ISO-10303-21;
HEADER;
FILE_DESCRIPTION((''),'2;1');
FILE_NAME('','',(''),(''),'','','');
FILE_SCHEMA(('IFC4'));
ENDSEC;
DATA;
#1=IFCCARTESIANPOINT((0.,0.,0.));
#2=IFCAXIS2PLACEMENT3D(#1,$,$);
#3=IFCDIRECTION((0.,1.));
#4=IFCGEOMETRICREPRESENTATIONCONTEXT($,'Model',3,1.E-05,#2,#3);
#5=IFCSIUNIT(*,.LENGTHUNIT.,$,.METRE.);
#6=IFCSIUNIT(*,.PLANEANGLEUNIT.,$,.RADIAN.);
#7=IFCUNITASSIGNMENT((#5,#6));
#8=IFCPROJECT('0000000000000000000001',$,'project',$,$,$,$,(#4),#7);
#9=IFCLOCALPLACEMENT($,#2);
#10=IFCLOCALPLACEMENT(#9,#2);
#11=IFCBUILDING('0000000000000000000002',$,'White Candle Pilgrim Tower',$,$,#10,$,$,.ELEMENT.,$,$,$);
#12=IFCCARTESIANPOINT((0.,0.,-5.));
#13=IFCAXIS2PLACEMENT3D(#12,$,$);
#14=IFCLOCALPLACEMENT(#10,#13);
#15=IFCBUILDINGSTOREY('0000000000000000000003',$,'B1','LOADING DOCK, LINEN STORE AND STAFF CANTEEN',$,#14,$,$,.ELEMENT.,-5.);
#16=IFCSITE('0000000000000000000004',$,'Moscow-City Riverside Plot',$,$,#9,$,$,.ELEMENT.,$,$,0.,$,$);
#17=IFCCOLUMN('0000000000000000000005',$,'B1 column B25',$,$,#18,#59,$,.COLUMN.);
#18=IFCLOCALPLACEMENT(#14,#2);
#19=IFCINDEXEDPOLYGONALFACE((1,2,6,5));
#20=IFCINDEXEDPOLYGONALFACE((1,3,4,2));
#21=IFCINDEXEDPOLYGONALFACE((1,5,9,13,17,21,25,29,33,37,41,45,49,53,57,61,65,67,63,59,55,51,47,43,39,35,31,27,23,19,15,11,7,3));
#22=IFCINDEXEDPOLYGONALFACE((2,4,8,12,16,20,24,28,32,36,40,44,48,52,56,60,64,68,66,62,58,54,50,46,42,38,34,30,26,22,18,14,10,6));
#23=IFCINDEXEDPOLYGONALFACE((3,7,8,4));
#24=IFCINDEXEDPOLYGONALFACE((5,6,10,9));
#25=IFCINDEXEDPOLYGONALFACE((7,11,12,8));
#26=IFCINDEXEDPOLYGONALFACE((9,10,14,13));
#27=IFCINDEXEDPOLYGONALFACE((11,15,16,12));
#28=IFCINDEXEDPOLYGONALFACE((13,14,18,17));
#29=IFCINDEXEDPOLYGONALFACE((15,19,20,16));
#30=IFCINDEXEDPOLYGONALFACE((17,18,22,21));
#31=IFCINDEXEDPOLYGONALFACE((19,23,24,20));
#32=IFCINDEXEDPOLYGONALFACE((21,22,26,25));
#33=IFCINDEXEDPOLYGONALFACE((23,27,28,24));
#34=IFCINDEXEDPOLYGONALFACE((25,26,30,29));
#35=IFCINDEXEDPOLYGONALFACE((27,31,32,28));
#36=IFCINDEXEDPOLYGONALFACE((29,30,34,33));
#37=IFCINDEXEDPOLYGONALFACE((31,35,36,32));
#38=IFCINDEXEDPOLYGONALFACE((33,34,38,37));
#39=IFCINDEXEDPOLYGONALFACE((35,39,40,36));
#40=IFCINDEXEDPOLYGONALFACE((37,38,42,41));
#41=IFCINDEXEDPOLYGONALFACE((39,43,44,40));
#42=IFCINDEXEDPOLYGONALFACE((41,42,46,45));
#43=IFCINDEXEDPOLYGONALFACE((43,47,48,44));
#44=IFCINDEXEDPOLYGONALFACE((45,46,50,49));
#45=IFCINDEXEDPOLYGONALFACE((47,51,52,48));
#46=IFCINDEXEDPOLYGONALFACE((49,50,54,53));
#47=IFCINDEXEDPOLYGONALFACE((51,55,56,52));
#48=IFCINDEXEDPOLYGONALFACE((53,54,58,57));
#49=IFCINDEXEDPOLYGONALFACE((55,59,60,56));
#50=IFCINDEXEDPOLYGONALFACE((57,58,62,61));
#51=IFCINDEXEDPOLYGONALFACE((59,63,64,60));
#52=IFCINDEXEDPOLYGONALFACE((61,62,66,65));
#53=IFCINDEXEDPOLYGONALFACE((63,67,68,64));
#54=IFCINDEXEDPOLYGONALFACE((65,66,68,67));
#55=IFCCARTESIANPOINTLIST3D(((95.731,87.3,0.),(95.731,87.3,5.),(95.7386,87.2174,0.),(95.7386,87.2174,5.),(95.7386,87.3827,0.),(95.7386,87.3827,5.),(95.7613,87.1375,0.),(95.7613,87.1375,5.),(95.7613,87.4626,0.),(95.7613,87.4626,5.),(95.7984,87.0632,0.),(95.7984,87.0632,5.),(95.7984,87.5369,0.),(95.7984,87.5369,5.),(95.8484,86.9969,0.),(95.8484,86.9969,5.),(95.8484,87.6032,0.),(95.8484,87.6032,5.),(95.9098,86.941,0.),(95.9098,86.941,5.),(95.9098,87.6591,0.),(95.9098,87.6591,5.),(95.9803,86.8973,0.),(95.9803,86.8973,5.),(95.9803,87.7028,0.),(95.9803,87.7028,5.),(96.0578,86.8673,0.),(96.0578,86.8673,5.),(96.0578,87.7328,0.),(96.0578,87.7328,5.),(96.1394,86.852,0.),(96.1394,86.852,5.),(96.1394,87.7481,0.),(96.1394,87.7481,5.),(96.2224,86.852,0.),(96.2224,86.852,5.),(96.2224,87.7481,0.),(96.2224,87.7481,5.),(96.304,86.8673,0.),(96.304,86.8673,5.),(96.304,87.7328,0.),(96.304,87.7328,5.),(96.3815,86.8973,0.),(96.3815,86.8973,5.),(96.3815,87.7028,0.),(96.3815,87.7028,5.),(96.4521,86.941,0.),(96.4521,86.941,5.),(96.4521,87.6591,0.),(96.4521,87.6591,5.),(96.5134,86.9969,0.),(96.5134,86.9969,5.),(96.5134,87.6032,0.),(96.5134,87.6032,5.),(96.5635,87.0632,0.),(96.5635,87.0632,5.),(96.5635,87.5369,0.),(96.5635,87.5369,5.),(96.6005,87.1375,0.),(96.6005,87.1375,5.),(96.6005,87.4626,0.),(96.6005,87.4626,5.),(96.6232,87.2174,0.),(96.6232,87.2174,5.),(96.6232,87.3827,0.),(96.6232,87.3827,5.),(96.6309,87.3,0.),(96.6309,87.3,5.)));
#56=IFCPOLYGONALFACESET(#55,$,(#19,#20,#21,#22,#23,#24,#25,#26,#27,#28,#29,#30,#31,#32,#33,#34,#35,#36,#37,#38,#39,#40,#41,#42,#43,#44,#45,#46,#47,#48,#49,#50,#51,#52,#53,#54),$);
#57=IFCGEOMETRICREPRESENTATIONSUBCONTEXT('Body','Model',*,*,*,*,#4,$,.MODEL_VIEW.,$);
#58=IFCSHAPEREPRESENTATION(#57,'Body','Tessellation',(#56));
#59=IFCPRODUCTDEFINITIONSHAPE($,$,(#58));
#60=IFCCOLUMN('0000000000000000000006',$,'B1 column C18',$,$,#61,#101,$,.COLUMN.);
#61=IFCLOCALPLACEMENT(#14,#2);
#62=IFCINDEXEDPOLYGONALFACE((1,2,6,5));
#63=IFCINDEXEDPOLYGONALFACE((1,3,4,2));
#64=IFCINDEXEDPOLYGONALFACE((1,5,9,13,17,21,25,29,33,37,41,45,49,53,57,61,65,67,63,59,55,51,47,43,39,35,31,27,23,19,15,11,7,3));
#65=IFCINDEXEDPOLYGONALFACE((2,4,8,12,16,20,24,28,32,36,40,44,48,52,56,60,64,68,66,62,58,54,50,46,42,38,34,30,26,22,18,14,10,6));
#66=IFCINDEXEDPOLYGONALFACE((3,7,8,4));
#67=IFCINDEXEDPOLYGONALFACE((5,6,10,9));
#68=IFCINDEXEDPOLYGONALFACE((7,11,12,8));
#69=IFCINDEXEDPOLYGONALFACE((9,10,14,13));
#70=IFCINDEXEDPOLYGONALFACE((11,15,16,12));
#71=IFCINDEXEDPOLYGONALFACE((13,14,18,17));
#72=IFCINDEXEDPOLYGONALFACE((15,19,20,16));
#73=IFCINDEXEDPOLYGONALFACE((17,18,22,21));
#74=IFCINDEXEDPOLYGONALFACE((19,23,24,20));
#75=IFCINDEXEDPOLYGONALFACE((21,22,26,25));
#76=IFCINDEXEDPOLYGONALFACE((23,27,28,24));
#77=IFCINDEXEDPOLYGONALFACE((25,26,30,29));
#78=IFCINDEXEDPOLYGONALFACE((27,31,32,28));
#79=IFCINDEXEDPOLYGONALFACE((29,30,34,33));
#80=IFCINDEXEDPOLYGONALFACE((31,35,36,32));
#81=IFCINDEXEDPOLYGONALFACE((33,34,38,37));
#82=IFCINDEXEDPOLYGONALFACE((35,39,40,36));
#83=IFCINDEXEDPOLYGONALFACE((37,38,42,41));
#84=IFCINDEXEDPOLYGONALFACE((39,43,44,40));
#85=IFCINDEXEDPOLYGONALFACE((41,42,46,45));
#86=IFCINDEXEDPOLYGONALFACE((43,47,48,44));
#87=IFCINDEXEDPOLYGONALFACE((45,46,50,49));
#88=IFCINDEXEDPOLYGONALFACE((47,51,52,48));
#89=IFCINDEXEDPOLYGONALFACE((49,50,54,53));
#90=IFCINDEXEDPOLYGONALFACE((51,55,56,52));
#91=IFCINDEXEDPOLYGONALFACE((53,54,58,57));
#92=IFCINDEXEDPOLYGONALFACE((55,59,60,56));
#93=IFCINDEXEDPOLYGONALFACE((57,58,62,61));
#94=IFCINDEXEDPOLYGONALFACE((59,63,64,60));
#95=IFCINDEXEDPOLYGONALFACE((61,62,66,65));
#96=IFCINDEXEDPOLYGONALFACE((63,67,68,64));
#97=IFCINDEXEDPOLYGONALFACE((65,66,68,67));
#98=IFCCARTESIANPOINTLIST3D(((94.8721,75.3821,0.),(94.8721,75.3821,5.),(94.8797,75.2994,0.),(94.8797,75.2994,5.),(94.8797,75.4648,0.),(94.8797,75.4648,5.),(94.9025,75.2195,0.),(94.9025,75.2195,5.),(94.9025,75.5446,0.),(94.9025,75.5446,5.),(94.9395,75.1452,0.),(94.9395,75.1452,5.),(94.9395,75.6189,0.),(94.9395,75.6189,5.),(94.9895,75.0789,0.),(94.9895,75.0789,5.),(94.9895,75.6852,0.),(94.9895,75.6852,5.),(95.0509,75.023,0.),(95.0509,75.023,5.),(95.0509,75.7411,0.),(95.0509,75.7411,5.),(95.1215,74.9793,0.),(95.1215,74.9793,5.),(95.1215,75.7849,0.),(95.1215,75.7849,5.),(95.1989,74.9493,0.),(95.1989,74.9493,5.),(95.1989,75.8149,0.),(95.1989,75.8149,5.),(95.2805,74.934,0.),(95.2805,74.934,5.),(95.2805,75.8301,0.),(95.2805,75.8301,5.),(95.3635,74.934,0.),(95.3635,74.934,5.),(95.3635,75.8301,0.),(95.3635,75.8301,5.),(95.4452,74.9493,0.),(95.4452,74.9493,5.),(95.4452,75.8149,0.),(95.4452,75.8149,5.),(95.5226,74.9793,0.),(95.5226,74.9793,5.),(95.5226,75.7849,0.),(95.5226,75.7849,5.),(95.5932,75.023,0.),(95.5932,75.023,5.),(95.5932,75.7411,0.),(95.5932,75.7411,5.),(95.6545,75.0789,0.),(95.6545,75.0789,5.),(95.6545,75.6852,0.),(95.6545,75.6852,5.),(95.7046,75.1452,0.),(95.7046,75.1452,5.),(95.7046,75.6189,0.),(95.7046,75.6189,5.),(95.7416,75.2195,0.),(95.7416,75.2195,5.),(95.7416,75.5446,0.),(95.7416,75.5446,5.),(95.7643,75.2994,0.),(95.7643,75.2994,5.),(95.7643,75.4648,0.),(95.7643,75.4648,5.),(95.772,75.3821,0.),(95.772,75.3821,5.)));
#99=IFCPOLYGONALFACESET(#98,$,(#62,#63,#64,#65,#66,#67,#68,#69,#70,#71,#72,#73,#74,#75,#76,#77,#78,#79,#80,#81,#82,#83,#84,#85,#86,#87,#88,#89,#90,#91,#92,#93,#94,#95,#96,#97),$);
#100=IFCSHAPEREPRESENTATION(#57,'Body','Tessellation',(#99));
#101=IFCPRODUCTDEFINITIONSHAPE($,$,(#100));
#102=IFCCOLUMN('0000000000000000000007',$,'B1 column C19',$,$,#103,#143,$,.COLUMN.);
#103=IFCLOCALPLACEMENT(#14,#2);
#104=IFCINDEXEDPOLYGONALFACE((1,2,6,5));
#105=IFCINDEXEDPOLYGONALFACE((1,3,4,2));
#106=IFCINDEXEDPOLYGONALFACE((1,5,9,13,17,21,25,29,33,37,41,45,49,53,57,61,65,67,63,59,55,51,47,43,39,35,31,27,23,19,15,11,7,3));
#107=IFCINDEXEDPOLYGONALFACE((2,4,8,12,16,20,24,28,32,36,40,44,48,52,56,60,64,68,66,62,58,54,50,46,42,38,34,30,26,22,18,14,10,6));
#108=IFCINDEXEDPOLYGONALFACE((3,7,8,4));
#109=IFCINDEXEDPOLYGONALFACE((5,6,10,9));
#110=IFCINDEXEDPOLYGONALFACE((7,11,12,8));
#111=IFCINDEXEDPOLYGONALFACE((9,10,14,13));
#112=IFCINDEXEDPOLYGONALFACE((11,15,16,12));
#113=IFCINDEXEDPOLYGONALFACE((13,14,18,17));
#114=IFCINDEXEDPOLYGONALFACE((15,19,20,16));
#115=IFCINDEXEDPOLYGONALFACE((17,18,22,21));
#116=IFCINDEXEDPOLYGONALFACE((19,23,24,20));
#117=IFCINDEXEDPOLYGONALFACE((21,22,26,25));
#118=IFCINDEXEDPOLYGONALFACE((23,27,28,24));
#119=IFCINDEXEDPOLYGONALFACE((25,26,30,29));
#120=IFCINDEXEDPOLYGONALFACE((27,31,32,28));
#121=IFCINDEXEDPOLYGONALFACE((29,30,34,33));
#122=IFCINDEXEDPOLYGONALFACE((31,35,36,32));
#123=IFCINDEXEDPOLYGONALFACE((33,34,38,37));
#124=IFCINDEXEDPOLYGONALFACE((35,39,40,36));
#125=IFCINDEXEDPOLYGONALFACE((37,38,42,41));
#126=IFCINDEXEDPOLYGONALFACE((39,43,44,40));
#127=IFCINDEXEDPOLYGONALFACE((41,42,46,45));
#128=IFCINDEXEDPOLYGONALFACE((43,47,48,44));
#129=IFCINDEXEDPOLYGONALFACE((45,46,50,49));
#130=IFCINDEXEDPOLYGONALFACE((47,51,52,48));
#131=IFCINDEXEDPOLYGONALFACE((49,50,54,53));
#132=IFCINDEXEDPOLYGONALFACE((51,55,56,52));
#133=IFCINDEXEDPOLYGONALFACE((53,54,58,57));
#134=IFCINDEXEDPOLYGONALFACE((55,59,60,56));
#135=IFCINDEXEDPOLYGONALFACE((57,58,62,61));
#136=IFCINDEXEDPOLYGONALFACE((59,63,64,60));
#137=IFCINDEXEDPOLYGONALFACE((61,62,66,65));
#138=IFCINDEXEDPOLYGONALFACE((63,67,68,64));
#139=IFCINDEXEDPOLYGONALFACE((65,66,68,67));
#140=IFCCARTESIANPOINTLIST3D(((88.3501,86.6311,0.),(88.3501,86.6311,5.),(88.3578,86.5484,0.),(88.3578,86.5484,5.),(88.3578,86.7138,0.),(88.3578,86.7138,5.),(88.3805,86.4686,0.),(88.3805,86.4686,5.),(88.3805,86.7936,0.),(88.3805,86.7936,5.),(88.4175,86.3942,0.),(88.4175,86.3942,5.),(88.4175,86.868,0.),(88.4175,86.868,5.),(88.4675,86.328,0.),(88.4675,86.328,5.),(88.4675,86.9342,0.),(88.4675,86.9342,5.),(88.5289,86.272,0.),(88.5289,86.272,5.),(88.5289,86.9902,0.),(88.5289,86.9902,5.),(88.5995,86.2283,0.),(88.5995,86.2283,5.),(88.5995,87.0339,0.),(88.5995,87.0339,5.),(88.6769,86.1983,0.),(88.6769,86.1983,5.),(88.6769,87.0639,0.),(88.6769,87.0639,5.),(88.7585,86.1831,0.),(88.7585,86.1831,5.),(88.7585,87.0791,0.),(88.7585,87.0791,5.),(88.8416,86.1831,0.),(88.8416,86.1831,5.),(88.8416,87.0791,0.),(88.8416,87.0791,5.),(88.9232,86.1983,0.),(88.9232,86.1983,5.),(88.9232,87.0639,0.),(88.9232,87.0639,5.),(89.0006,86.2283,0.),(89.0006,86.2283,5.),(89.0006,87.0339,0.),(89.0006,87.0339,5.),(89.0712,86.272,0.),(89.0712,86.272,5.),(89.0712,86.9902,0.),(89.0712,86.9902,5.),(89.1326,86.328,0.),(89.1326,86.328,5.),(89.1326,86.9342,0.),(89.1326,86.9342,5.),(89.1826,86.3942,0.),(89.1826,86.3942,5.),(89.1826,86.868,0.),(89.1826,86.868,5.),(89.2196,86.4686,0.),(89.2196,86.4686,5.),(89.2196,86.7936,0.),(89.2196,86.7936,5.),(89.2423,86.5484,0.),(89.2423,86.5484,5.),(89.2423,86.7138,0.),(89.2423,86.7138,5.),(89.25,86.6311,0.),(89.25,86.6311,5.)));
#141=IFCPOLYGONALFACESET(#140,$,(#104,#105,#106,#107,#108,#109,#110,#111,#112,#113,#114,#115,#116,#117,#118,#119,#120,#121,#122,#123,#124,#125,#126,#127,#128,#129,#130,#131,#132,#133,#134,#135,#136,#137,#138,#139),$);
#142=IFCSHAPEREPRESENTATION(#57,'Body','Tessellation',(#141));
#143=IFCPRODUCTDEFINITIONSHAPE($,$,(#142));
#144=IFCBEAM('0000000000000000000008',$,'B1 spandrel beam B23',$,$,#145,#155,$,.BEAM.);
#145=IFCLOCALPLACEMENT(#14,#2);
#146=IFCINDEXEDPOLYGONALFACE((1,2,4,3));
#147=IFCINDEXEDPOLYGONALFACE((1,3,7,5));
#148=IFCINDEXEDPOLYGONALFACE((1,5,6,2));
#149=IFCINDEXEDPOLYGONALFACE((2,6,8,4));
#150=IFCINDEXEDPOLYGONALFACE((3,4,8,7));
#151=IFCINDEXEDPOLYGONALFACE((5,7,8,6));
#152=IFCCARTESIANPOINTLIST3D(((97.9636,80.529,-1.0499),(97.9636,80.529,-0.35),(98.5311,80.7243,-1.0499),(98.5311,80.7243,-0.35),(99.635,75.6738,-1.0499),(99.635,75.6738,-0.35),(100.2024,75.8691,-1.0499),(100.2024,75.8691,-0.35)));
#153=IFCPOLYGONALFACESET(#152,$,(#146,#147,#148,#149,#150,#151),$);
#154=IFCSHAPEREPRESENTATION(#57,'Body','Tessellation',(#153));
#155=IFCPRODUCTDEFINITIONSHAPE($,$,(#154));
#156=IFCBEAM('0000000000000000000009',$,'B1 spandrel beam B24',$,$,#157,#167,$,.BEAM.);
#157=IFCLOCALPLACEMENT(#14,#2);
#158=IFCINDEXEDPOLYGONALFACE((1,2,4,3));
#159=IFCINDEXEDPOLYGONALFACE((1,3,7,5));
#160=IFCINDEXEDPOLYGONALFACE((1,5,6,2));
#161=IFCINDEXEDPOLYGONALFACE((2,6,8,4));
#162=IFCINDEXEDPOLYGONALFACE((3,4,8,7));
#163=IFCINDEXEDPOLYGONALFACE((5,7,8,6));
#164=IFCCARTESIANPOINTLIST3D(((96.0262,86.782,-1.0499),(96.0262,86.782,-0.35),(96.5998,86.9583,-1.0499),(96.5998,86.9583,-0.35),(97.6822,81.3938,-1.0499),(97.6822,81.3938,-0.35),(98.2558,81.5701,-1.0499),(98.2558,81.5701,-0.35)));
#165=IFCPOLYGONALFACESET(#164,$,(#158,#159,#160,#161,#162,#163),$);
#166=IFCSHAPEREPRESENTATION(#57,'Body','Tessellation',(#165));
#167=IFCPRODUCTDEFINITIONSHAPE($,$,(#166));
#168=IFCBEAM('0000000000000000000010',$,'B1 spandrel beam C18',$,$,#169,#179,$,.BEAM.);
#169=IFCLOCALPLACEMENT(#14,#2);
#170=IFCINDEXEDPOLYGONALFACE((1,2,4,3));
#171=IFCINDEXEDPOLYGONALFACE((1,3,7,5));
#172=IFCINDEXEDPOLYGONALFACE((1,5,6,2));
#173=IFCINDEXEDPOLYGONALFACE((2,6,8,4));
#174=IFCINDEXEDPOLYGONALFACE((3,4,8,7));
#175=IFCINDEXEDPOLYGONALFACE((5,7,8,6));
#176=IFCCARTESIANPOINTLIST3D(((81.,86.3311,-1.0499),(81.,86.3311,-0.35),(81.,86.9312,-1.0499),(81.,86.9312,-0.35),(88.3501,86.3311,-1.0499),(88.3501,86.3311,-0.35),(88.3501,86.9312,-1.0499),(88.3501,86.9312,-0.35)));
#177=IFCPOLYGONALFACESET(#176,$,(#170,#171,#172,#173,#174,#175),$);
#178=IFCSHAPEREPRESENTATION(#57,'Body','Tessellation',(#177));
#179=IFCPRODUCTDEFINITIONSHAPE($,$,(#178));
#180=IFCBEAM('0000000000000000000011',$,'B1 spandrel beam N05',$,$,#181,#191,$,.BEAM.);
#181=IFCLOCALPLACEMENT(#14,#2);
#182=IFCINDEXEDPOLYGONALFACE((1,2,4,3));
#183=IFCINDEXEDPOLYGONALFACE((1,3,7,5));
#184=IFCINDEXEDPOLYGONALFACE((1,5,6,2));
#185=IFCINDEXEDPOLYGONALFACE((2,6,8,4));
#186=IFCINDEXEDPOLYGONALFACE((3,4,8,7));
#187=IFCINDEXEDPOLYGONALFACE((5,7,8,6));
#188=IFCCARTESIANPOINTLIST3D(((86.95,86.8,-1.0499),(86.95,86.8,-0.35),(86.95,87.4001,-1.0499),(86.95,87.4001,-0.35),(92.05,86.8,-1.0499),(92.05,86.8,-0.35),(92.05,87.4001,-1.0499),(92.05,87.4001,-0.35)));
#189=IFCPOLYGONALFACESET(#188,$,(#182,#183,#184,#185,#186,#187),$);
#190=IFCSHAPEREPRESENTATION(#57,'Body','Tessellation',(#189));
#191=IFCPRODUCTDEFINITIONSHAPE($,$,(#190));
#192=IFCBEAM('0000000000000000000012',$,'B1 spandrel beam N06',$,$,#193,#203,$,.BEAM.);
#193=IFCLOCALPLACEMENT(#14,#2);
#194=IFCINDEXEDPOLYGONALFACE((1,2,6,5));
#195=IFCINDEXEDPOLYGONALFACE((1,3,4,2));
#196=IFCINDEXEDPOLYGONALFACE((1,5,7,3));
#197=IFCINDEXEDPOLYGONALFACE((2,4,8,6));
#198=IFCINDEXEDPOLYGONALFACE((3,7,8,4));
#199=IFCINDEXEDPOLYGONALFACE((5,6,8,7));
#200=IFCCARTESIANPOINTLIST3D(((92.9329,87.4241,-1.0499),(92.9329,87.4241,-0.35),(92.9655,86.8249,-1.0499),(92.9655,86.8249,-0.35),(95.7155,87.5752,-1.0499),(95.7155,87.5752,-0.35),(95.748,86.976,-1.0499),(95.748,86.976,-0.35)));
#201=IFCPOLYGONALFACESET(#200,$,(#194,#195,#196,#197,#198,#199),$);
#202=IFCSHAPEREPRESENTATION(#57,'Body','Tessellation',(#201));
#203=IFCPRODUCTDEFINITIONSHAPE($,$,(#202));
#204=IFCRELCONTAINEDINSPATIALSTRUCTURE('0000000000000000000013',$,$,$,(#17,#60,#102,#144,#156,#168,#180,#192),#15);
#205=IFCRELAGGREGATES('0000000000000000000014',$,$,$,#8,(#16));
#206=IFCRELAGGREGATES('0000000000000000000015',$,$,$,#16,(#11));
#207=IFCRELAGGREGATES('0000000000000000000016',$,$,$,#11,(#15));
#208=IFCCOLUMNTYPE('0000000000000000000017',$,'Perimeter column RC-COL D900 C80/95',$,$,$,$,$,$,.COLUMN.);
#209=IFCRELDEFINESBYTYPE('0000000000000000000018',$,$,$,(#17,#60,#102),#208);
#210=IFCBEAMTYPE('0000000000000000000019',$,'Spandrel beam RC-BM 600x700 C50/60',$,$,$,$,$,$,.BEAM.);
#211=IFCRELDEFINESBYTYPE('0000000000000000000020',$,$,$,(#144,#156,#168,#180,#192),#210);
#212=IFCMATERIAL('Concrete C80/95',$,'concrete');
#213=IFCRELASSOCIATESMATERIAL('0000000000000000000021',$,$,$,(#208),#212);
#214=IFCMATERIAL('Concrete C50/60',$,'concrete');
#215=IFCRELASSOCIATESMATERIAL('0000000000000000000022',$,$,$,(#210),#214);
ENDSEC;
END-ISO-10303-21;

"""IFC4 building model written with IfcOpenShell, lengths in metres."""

from ifc_helpers import new_model, si_unit, direction, frame, origin, origin_2d, place, context, subcontext, project, spatial, rectangle, circle, extrude, material, material_profile, profile_set, type_object, element, save


model = new_model("IFC4")

# Units and contexts
model_context = context("Model", 3, precision=1e-05, world=origin(), true_north=direction((0.0, 1.0)))
body_context = subcontext(model_context, "Body", "Model", "MODEL_VIEW")
ifc_project = project(units=[si_unit("LENGTHUNIT", "METRE"), si_unit("PLANEANGLEUNIT", "RADIAN")], contexts=[model_context])

# Site, building, storey
site_placement = place(None, origin())
site = spatial("IfcSite", under=ifc_project, at=site_placement, Name="Moscow-City Riverside Plot", CompositionType="ELEMENT", RefElevation=0.0)
building_placement = place(site_placement, origin())
building = spatial("IfcBuilding", under=site, at=building_placement, Name="White Candle Pilgrim Tower", CompositionType="ELEMENT")
storey_placement = place(building_placement, frame((0.0, 0.0, -5.0)))
storey = spatial("IfcBuildingStorey", under=building, at=storey_placement, Name="B1", Description="LOADING DOCK, LINEN STORE AND STAFF CANTEEN", CompositionType="ELEMENT", Elevation=-5.0)

# Columns
ifc_material_1 = material(Name="Concrete C80/95", Category="concrete")
ifc_material_profile_1 = material_profile(ifc_material_1, circle(Radius=0.45, at=origin_2d()), Name="RC-COL D900")
ifc_profile_set_1 = profile_set([ifc_material_profile_1], Name="Concrete C80/95")
column_type = type_object("IfcColumnType", Name="Perimeter column RC-COL D900 C80/95", PredefinedType="COLUMN", material=ifc_profile_set_1)
for number, where, z_axis, x_axis, name in (
    (1, (96.1809, 87.3, 0.0), (0.0, 0.0, 1.0), (1.0, 0.0, 0.0), "B1 column B25"),
    (2, (95.322, 75.3821, 0.0), (0.0, 0.0, 1.0), (1.0, 0.0, 0.0), "B1 column C18"),
    (3, (88.8, 86.6311, 0.0), (0.0, 0.0, 1.0), (1.0, 0.0, 0.0), "B1 column C19"),
):
    element("IfcColumn", number, at=place(storey_placement, frame(where, z_axis=z_axis, x_axis=x_axis)), inside=storey, type_object=column_type, Name=name, PredefinedType="COLUMN", context=body_context, shape_type="SweptSolid", body=[
        extrude(circle(Radius=0.45, at=origin_2d()), origin(), (0.0, 0.0, 1.0), 5.0),
    ])

# Beams
ifc_material_2 = material(Name="Concrete C50/60", Category="concrete")
ifc_material_profile_2 = material_profile(ifc_material_2, rectangle(XDim=0.6001, YDim=0.7, at=origin_2d()), Name="RC-BM 600x700")
ifc_profile_set_2 = profile_set([ifc_material_profile_2], Name="Concrete C50/60")
beam_type_1 = type_object("IfcBeamType", Name="Spandrel beam RC-BM 600x700 C50/60", PredefinedType="BEAM", material=ifc_profile_set_2)
beam_1_placement = place(storey_placement, frame((99.9187, 75.7715, -0.7), z_axis=(-0.325498, 0.945543, 0.0), x_axis=(-0.945543, -0.325498, 0.0)))
element("IfcBeam", 4, at=beam_1_placement, inside=storey, type_object=beam_type_1, Name="B1 spandrel beam B23", PredefinedType="BEAM", context=body_context, shape_type="SweptSolid", body=[
    extrude(rectangle(XDim=0.6001, YDim=0.7, at=origin_2d()), origin(), (0.0, 0.0, 1.0), 5.1348),
])
beam_2_placement = place(storey_placement, frame((97.969, 81.4819, -0.7), z_axis=(-0.293778, 0.955874, 0.0), x_axis=(-0.955874, -0.293778, 0.0)))
element("IfcBeam", 5, at=beam_2_placement, inside=storey, type_object=beam_type_1, Name="B1 spandrel beam B24", PredefinedType="BEAM", context=body_context, shape_type="SweptSolid", body=[
    extrude(rectangle(XDim=0.6001, YDim=0.7, at=origin_2d()), origin(), (0.0, 0.0, 1.0), 5.637),
])
beam_3_placement = place(storey_placement, frame((88.3501, 86.6311, -0.7), z_axis=(-1.0, 0.0, 0.0), x_axis=(0.0, -1.0, 0.0)))
element("IfcBeam", 6, at=beam_3_placement, inside=storey, type_object=beam_type_1, Name="B1 spandrel beam C18", PredefinedType="BEAM", context=body_context, shape_type="SweptSolid", body=[
    extrude(rectangle(XDim=0.6001, YDim=0.7, at=origin_2d()), origin(), (0.0, 0.0, 1.0), 7.3501),
])
beam_4_placement = place(storey_placement, frame((86.95, 87.1001, -0.7), z_axis=(1.0, 0.0, 0.0), x_axis=(0.0, 1.0, 0.0)))
element("IfcBeam", 7, at=beam_4_placement, inside=storey, type_object=beam_type_1, Name="B1 spandrel beam N05", PredefinedType="BEAM", context=body_context, shape_type="SweptSolid", body=[
    extrude(rectangle(XDim=0.6001, YDim=0.7, at=origin_2d()), origin(), (0.0, 0.0, 1.0), 5.1001),
])
beam_5_placement = place(storey_placement, frame((92.9492, 87.1245, -0.7), z_axis=(0.998528, 0.054233, 0.0), x_axis=(-0.054233, 0.998528, 0.0)))
element("IfcBeam", 8, at=beam_5_placement, inside=storey, type_object=beam_type_1, Name="B1 spandrel beam N06", PredefinedType="BEAM", context=body_context, shape_type="SweptSolid", body=[
    extrude(rectangle(XDim=0.6001, YDim=0.7, at=origin_2d()), origin(), (0.0, 0.0, 1.0), 2.7866),
])

save(model, "model.ifc")
